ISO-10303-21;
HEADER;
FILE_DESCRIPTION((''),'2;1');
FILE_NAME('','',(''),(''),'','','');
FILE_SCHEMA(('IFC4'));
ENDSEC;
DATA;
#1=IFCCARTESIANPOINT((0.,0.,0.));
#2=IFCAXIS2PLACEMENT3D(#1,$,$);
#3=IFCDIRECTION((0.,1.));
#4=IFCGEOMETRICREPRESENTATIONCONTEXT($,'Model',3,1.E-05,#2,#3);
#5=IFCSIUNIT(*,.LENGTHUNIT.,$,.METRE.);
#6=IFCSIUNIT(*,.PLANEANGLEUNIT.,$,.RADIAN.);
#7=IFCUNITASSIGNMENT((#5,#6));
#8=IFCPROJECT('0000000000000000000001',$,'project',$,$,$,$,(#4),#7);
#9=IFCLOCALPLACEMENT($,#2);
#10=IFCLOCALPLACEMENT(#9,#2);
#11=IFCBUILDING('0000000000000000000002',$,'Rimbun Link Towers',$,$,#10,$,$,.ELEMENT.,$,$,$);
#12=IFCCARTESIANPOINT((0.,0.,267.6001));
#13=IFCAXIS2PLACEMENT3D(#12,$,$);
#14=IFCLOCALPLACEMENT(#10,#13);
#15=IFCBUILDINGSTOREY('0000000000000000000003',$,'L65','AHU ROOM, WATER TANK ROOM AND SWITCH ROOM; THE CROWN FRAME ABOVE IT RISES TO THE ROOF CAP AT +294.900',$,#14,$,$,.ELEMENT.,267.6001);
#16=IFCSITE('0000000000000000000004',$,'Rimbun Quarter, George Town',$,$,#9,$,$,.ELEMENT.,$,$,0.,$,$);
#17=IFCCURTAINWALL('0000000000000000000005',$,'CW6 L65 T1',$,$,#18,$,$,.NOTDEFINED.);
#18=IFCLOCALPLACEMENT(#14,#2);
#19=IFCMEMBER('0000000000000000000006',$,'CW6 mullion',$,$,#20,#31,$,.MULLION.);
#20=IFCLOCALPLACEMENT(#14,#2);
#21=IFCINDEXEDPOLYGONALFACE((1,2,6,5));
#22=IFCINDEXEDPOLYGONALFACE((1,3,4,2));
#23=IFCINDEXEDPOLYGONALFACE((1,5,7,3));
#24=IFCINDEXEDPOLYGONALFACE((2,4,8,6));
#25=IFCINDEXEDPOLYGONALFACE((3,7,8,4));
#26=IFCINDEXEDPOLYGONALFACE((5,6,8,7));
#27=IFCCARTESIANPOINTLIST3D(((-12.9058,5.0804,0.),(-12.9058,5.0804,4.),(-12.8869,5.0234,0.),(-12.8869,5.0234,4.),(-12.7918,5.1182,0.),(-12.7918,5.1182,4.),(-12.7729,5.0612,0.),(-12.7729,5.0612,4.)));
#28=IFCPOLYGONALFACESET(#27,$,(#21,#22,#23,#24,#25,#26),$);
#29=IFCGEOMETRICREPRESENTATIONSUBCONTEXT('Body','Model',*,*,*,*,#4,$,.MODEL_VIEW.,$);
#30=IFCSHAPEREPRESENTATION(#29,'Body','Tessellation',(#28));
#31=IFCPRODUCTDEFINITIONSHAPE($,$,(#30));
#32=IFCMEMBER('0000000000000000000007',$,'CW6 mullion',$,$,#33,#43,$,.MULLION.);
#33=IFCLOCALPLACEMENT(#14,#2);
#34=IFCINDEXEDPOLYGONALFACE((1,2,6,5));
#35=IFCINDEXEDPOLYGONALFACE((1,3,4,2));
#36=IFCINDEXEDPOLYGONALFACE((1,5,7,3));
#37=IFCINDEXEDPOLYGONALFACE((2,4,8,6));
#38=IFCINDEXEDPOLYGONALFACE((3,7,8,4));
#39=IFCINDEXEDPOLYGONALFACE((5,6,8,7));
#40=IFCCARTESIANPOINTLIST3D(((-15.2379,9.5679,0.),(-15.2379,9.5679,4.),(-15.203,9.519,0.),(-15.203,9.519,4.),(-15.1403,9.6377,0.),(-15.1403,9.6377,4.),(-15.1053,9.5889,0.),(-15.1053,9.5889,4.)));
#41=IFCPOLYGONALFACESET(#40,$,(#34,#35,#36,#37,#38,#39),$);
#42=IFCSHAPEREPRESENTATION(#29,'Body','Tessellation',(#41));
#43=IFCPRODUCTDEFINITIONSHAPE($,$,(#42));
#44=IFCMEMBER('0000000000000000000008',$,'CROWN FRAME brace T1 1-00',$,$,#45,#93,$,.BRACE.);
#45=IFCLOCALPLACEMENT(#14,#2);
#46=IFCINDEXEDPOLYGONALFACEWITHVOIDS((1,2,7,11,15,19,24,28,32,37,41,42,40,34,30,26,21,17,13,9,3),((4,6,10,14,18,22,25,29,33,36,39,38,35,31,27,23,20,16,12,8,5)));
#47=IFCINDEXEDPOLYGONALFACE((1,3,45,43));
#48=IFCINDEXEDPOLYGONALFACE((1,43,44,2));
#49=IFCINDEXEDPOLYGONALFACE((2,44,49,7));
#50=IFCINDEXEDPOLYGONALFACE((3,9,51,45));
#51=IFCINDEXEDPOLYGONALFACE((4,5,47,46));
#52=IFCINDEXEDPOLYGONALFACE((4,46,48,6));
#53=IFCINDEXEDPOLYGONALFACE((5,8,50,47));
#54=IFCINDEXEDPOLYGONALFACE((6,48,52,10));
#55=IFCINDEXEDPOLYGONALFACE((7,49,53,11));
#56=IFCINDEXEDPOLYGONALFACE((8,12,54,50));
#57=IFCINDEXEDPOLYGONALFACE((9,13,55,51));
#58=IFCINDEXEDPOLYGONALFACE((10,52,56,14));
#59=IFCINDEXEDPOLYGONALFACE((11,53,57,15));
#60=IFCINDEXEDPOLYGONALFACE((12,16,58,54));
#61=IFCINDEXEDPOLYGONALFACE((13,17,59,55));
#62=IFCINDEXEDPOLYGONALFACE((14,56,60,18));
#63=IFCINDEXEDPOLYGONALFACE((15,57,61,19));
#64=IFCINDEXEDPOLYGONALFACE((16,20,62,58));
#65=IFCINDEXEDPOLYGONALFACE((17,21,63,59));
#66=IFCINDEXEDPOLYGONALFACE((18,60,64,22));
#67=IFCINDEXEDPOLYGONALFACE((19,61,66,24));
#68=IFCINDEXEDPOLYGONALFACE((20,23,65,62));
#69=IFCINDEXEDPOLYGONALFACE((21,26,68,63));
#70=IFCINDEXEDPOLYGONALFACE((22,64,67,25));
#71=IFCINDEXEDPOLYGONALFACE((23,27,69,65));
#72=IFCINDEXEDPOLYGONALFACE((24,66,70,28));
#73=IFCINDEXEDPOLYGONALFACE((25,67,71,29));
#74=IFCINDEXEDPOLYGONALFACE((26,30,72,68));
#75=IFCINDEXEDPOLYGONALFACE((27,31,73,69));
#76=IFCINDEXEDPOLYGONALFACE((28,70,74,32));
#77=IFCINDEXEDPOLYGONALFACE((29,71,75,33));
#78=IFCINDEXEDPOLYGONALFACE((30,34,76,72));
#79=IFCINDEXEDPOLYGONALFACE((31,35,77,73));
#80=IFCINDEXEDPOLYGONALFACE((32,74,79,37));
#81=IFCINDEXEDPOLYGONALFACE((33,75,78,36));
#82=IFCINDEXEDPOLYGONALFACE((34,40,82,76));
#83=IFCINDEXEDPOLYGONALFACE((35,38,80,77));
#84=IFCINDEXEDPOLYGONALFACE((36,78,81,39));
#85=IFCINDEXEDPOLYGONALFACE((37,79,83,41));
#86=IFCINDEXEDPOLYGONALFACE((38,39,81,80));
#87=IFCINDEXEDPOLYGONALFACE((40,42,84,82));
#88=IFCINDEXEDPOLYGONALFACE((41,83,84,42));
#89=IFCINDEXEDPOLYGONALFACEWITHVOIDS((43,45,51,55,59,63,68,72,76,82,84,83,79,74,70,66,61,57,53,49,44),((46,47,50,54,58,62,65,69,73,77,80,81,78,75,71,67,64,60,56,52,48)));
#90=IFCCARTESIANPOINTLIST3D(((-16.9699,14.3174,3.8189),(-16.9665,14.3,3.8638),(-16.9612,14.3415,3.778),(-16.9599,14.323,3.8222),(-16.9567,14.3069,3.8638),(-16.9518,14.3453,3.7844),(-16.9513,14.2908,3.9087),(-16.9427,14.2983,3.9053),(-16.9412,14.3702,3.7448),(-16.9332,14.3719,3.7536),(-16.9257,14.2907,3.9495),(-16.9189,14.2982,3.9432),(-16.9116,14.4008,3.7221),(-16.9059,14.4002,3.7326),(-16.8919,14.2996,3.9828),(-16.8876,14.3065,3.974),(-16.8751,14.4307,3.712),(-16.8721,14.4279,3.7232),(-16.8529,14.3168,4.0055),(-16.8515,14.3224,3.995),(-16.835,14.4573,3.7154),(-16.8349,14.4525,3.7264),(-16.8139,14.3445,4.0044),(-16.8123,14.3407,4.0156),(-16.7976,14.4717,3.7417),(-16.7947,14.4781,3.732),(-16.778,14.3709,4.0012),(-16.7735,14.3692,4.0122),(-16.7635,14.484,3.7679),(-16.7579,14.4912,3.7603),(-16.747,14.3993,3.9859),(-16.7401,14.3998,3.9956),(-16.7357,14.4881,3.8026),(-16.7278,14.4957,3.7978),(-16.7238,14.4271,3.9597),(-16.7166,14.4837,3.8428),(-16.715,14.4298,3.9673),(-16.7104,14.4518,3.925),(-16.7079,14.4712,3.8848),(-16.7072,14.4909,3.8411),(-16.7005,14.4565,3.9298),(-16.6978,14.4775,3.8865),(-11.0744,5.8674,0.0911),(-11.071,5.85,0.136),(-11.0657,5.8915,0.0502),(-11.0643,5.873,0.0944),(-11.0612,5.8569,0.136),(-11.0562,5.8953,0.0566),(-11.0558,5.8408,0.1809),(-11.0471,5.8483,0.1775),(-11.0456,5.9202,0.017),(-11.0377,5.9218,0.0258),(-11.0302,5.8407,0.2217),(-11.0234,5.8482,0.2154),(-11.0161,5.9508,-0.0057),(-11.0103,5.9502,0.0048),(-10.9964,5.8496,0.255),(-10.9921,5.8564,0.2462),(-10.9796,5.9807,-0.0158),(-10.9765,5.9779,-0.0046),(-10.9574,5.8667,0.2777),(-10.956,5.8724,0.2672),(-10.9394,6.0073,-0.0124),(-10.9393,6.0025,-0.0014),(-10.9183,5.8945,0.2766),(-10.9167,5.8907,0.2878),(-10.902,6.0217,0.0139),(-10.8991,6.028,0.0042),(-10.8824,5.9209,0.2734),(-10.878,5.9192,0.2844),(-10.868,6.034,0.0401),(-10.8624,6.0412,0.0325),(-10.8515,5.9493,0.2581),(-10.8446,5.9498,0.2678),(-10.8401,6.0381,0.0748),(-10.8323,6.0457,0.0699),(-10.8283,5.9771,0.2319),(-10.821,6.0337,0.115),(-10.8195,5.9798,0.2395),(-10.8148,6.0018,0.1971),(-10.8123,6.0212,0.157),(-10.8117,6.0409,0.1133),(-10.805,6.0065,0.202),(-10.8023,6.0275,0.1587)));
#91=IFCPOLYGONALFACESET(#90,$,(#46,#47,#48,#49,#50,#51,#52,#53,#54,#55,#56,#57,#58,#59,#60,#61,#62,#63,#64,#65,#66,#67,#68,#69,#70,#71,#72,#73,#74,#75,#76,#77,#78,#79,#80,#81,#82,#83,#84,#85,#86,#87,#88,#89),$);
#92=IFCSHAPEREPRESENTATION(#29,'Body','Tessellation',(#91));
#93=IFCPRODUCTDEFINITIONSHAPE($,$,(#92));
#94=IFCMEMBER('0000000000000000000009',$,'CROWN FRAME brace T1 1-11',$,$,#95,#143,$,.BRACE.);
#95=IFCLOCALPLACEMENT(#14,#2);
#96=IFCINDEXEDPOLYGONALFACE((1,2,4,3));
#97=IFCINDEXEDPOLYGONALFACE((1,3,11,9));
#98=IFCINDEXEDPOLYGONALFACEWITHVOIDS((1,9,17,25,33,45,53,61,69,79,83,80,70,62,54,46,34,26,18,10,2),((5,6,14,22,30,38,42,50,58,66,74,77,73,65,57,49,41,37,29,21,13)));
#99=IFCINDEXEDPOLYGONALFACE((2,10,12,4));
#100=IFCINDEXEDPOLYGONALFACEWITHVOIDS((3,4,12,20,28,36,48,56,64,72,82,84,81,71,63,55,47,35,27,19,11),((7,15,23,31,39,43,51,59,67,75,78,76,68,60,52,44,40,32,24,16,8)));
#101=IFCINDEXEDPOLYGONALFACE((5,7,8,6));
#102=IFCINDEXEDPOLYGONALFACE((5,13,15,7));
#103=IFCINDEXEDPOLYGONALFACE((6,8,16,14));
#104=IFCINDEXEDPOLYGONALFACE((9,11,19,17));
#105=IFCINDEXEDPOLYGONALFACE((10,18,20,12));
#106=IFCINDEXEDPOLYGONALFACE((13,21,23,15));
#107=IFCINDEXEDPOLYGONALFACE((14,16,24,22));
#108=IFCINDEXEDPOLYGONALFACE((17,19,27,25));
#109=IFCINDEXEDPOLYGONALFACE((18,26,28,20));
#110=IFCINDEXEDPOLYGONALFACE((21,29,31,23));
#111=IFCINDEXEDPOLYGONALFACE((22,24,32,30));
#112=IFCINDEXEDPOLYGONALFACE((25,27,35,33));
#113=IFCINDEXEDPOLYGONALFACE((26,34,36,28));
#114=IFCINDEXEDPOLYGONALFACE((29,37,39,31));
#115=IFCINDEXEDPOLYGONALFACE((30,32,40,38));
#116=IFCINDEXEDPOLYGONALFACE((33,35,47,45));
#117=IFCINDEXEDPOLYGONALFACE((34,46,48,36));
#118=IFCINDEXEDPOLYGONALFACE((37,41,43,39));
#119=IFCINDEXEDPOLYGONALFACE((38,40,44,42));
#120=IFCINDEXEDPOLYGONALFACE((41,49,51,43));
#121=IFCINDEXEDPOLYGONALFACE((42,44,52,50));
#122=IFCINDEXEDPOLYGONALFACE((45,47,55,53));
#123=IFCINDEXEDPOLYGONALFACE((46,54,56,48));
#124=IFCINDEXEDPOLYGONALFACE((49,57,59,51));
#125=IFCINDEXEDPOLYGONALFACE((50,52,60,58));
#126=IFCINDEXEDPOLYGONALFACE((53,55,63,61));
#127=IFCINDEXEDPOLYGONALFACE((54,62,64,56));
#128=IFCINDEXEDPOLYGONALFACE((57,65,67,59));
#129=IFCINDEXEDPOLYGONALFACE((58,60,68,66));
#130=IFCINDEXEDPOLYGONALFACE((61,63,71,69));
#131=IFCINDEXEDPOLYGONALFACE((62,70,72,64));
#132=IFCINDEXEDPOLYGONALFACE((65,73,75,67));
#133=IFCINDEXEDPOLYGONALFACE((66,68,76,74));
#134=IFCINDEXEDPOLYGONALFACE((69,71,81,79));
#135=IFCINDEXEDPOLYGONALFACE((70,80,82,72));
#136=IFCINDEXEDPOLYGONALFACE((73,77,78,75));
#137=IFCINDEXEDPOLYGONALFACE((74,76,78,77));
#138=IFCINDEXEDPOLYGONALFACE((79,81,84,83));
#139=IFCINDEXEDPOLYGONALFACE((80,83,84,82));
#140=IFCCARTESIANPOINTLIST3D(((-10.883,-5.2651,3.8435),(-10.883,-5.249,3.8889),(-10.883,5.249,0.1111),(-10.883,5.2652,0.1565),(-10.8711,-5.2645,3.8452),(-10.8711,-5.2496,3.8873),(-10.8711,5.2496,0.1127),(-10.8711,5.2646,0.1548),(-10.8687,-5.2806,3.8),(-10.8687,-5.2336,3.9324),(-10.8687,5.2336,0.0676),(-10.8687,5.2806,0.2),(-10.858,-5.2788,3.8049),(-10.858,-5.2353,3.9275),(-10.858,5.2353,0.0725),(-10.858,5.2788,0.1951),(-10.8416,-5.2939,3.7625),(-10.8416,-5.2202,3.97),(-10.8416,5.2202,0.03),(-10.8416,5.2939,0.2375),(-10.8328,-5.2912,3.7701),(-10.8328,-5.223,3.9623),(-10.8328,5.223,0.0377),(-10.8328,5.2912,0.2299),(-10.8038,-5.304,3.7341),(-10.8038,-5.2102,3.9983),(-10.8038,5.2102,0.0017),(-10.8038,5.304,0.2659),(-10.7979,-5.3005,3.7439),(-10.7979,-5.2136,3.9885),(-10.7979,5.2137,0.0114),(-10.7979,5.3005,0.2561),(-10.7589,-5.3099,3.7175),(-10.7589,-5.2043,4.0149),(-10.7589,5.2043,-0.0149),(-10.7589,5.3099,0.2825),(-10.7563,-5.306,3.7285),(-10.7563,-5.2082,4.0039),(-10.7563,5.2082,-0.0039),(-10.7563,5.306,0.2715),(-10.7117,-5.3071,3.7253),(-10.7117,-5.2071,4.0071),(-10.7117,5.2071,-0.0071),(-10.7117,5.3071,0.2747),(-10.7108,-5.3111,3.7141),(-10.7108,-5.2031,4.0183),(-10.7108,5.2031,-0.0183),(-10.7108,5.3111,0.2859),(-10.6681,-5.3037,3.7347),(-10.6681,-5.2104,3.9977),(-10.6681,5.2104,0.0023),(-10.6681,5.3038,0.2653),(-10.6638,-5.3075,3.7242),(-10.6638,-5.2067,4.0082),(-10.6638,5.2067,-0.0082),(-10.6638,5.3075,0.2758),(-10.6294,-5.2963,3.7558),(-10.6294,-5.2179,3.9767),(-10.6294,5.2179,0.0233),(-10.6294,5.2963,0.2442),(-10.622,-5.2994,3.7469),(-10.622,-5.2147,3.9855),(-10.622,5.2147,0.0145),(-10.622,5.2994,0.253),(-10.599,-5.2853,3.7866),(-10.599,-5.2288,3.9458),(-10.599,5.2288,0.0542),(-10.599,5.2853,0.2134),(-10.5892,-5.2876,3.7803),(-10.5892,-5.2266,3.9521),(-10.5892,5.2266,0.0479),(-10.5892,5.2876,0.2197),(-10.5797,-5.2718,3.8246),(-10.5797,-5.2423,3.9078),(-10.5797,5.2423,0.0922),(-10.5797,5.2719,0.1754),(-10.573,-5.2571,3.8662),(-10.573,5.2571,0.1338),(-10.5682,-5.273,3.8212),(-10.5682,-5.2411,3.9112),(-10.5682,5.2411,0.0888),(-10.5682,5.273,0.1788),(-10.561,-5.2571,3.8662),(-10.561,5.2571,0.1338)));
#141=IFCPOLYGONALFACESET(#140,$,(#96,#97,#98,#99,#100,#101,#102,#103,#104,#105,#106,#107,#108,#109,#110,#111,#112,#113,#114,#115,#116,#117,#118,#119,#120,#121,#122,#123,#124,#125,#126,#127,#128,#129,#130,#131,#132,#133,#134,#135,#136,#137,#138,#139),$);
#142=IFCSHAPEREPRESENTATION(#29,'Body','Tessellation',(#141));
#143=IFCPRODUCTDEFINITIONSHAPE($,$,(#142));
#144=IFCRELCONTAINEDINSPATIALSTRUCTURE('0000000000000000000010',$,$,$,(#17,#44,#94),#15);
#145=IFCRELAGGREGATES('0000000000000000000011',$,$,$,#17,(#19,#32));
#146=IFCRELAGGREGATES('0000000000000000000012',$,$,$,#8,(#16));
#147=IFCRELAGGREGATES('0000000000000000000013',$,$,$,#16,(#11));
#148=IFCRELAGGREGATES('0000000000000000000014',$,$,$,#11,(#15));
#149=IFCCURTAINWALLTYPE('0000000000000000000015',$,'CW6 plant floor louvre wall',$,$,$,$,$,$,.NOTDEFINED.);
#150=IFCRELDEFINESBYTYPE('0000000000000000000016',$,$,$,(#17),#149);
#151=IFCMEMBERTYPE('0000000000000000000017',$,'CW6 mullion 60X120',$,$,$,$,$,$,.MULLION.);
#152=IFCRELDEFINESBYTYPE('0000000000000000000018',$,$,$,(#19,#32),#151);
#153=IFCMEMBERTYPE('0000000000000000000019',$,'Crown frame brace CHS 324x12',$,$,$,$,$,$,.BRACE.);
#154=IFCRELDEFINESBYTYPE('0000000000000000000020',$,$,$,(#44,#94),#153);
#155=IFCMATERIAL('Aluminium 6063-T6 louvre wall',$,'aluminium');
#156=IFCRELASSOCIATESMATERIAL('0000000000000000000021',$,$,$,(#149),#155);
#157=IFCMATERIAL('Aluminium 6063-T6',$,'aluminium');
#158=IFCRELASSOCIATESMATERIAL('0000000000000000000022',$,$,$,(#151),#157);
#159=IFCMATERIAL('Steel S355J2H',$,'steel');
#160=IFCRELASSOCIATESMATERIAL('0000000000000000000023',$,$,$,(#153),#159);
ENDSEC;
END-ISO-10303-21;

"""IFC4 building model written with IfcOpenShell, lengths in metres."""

from ifc_helpers import new_model, si_unit, direction, frame, origin, origin_2d, place, context, subcontext, project, spatial, rectangle, hollow_circle, extrude, material, material_profile, profile_set, type_object, element, aggregate, save


model = new_model("IFC4")

# Units and contexts
model_context = context("Model", 3, precision=1e-05, world=origin(), true_north=direction((0.0, 1.0)))
body_context = subcontext(model_context, "Body", "Model", "MODEL_VIEW")
ifc_project = project(units=[si_unit("LENGTHUNIT", "METRE"), si_unit("PLANEANGLEUNIT", "RADIAN")], contexts=[model_context])

# Site, building, storey
site_placement = place(None, origin())
site = spatial("IfcSite", under=ifc_project, at=site_placement, Name="Rimbun Quarter, George Town", CompositionType="ELEMENT", RefElevation=0.0)
building_placement = place(site_placement, origin())
building = spatial("IfcBuilding", under=site, at=building_placement, Name="Rimbun Link Towers", CompositionType="ELEMENT")
storey_placement = place(building_placement, frame((0.0, 0.0, 267.6001)))
storey = spatial("IfcBuildingStorey", under=building, at=storey_placement, Name="L65", Description="AHU ROOM, WATER TANK ROOM AND SWITCH ROOM; THE CROWN FRAME ABOVE IT RISES TO THE ROOF CAP AT +294.900", CompositionType="ELEMENT", Elevation=267.6001)

# Curtain wall, members
ifc_material_1 = material(Name="Aluminium 6063-T6 louvre wall", Category="aluminium")
curtain_wall_type = type_object("IfcCurtainWallType", Name="CW6 plant floor louvre wall", PredefinedType="NOTDEFINED", material=ifc_material_1)
curtain_wall_placement = place(storey_placement, origin())
curtain_wall = element("IfcCurtainWall", 1, at=curtain_wall_placement, inside=storey, type_object=curtain_wall_type, Name="CW6 L65 T1", PredefinedType="NOTDEFINED")
ifc_material_2 = material(Name="Aluminium 6063-T6", Category="aluminium")
ifc_material_profile_1 = material_profile(ifc_material_2, rectangle(XDim=0.1201, YDim=0.0601, at=origin_2d()), Name="MULLION 60X120")
ifc_profile_set_1 = profile_set([ifc_material_profile_1], Name="Aluminium 6063-T6")
member_type_1 = type_object("IfcMemberType", Name="CW6 mullion 60X120", PredefinedType="MULLION", material=ifc_profile_set_1)
member_1_placement = place(storey_placement, frame((-12.8394, 5.0708, 0.0), z_axis=(0.0, 0.0, 1.0), x_axis=(0.949161, 0.314792, 0.0)))
member_1 = element("IfcMember", 2, at=member_1_placement, type_object=member_type_1, Name="CW6 mullion", PredefinedType="MULLION", context=body_context, shape_type="SweptSolid", body=[
    extrude(rectangle(XDim=0.1201, YDim=0.0601, at=origin_2d()), origin(), (0.0, 0.0, 1.0), 4.0),
])
member_2_placement = place(storey_placement, frame((-15.1716, 9.5784, 0.0), z_axis=(0.0, 0.0, 1.0), x_axis=(0.813347, 0.581779, 0.0)))
member_2 = element("IfcMember", 3, at=member_2_placement, type_object=member_type_1, Name="CW6 mullion", PredefinedType="MULLION", context=body_context, shape_type="SweptSolid", body=[
    extrude(rectangle(XDim=0.1201, YDim=0.0601, at=origin_2d()), origin(), (0.0, 0.0, 1.0), 4.0),
])

# Members
ifc_material_3 = material(Name="Steel S355J2H", Category="steel")
ifc_material_profile_2 = material_profile(ifc_material_3, hollow_circle(Radius=0.1619, WallThickness=0.012, at=origin_2d()), Name="Crown frame brace CHS 324x12")
ifc_profile_set_2 = profile_set([ifc_material_profile_2], Name="Steel S355J2H")
member_type_2 = type_object("IfcMemberType", Name="Crown frame brace CHS 324x12", PredefinedType="BRACE", material=ifc_profile_set_2)
member_3_placement = place(storey_placement, frame((-10.9382, 5.9426, 0.136), z_axis=(-0.53806, 0.771195, 0.34022), x_axis=(-0.820118, -0.572194, 0.0)))
element("IfcMember", 4, at=member_3_placement, inside=storey, type_object=member_type_2, Name="CROWN FRAME brace T1 1-00", PredefinedType="BRACE", context=body_context, shape_type="SweptSolid", body=[
    extrude(hollow_circle(Radius=0.1619, WallThickness=0.012, at=origin_2d()), origin(), (0.0, 0.0, 1.0), 10.957),
])
member_4_placement = place(storey_placement, frame((-10.7229, 5.2571, 0.1338), z_axis=(0.0, -0.942383, 0.334536), x_axis=(1.0, 0.0, 0.0)))
element("IfcMember", 5, at=member_4_placement, inside=storey, type_object=member_type_2, Name="CROWN FRAME brace T1 1-11", PredefinedType="BRACE", context=body_context, shape_type="SweptSolid", body=[
    extrude(hollow_circle(Radius=0.1619, WallThickness=0.012, at=origin_2d()), origin(), (0.0, 0.0, 1.0), 11.157),
])

aggregate(curtain_wall, [member_1, member_2])

save(model, "model.ifc")
